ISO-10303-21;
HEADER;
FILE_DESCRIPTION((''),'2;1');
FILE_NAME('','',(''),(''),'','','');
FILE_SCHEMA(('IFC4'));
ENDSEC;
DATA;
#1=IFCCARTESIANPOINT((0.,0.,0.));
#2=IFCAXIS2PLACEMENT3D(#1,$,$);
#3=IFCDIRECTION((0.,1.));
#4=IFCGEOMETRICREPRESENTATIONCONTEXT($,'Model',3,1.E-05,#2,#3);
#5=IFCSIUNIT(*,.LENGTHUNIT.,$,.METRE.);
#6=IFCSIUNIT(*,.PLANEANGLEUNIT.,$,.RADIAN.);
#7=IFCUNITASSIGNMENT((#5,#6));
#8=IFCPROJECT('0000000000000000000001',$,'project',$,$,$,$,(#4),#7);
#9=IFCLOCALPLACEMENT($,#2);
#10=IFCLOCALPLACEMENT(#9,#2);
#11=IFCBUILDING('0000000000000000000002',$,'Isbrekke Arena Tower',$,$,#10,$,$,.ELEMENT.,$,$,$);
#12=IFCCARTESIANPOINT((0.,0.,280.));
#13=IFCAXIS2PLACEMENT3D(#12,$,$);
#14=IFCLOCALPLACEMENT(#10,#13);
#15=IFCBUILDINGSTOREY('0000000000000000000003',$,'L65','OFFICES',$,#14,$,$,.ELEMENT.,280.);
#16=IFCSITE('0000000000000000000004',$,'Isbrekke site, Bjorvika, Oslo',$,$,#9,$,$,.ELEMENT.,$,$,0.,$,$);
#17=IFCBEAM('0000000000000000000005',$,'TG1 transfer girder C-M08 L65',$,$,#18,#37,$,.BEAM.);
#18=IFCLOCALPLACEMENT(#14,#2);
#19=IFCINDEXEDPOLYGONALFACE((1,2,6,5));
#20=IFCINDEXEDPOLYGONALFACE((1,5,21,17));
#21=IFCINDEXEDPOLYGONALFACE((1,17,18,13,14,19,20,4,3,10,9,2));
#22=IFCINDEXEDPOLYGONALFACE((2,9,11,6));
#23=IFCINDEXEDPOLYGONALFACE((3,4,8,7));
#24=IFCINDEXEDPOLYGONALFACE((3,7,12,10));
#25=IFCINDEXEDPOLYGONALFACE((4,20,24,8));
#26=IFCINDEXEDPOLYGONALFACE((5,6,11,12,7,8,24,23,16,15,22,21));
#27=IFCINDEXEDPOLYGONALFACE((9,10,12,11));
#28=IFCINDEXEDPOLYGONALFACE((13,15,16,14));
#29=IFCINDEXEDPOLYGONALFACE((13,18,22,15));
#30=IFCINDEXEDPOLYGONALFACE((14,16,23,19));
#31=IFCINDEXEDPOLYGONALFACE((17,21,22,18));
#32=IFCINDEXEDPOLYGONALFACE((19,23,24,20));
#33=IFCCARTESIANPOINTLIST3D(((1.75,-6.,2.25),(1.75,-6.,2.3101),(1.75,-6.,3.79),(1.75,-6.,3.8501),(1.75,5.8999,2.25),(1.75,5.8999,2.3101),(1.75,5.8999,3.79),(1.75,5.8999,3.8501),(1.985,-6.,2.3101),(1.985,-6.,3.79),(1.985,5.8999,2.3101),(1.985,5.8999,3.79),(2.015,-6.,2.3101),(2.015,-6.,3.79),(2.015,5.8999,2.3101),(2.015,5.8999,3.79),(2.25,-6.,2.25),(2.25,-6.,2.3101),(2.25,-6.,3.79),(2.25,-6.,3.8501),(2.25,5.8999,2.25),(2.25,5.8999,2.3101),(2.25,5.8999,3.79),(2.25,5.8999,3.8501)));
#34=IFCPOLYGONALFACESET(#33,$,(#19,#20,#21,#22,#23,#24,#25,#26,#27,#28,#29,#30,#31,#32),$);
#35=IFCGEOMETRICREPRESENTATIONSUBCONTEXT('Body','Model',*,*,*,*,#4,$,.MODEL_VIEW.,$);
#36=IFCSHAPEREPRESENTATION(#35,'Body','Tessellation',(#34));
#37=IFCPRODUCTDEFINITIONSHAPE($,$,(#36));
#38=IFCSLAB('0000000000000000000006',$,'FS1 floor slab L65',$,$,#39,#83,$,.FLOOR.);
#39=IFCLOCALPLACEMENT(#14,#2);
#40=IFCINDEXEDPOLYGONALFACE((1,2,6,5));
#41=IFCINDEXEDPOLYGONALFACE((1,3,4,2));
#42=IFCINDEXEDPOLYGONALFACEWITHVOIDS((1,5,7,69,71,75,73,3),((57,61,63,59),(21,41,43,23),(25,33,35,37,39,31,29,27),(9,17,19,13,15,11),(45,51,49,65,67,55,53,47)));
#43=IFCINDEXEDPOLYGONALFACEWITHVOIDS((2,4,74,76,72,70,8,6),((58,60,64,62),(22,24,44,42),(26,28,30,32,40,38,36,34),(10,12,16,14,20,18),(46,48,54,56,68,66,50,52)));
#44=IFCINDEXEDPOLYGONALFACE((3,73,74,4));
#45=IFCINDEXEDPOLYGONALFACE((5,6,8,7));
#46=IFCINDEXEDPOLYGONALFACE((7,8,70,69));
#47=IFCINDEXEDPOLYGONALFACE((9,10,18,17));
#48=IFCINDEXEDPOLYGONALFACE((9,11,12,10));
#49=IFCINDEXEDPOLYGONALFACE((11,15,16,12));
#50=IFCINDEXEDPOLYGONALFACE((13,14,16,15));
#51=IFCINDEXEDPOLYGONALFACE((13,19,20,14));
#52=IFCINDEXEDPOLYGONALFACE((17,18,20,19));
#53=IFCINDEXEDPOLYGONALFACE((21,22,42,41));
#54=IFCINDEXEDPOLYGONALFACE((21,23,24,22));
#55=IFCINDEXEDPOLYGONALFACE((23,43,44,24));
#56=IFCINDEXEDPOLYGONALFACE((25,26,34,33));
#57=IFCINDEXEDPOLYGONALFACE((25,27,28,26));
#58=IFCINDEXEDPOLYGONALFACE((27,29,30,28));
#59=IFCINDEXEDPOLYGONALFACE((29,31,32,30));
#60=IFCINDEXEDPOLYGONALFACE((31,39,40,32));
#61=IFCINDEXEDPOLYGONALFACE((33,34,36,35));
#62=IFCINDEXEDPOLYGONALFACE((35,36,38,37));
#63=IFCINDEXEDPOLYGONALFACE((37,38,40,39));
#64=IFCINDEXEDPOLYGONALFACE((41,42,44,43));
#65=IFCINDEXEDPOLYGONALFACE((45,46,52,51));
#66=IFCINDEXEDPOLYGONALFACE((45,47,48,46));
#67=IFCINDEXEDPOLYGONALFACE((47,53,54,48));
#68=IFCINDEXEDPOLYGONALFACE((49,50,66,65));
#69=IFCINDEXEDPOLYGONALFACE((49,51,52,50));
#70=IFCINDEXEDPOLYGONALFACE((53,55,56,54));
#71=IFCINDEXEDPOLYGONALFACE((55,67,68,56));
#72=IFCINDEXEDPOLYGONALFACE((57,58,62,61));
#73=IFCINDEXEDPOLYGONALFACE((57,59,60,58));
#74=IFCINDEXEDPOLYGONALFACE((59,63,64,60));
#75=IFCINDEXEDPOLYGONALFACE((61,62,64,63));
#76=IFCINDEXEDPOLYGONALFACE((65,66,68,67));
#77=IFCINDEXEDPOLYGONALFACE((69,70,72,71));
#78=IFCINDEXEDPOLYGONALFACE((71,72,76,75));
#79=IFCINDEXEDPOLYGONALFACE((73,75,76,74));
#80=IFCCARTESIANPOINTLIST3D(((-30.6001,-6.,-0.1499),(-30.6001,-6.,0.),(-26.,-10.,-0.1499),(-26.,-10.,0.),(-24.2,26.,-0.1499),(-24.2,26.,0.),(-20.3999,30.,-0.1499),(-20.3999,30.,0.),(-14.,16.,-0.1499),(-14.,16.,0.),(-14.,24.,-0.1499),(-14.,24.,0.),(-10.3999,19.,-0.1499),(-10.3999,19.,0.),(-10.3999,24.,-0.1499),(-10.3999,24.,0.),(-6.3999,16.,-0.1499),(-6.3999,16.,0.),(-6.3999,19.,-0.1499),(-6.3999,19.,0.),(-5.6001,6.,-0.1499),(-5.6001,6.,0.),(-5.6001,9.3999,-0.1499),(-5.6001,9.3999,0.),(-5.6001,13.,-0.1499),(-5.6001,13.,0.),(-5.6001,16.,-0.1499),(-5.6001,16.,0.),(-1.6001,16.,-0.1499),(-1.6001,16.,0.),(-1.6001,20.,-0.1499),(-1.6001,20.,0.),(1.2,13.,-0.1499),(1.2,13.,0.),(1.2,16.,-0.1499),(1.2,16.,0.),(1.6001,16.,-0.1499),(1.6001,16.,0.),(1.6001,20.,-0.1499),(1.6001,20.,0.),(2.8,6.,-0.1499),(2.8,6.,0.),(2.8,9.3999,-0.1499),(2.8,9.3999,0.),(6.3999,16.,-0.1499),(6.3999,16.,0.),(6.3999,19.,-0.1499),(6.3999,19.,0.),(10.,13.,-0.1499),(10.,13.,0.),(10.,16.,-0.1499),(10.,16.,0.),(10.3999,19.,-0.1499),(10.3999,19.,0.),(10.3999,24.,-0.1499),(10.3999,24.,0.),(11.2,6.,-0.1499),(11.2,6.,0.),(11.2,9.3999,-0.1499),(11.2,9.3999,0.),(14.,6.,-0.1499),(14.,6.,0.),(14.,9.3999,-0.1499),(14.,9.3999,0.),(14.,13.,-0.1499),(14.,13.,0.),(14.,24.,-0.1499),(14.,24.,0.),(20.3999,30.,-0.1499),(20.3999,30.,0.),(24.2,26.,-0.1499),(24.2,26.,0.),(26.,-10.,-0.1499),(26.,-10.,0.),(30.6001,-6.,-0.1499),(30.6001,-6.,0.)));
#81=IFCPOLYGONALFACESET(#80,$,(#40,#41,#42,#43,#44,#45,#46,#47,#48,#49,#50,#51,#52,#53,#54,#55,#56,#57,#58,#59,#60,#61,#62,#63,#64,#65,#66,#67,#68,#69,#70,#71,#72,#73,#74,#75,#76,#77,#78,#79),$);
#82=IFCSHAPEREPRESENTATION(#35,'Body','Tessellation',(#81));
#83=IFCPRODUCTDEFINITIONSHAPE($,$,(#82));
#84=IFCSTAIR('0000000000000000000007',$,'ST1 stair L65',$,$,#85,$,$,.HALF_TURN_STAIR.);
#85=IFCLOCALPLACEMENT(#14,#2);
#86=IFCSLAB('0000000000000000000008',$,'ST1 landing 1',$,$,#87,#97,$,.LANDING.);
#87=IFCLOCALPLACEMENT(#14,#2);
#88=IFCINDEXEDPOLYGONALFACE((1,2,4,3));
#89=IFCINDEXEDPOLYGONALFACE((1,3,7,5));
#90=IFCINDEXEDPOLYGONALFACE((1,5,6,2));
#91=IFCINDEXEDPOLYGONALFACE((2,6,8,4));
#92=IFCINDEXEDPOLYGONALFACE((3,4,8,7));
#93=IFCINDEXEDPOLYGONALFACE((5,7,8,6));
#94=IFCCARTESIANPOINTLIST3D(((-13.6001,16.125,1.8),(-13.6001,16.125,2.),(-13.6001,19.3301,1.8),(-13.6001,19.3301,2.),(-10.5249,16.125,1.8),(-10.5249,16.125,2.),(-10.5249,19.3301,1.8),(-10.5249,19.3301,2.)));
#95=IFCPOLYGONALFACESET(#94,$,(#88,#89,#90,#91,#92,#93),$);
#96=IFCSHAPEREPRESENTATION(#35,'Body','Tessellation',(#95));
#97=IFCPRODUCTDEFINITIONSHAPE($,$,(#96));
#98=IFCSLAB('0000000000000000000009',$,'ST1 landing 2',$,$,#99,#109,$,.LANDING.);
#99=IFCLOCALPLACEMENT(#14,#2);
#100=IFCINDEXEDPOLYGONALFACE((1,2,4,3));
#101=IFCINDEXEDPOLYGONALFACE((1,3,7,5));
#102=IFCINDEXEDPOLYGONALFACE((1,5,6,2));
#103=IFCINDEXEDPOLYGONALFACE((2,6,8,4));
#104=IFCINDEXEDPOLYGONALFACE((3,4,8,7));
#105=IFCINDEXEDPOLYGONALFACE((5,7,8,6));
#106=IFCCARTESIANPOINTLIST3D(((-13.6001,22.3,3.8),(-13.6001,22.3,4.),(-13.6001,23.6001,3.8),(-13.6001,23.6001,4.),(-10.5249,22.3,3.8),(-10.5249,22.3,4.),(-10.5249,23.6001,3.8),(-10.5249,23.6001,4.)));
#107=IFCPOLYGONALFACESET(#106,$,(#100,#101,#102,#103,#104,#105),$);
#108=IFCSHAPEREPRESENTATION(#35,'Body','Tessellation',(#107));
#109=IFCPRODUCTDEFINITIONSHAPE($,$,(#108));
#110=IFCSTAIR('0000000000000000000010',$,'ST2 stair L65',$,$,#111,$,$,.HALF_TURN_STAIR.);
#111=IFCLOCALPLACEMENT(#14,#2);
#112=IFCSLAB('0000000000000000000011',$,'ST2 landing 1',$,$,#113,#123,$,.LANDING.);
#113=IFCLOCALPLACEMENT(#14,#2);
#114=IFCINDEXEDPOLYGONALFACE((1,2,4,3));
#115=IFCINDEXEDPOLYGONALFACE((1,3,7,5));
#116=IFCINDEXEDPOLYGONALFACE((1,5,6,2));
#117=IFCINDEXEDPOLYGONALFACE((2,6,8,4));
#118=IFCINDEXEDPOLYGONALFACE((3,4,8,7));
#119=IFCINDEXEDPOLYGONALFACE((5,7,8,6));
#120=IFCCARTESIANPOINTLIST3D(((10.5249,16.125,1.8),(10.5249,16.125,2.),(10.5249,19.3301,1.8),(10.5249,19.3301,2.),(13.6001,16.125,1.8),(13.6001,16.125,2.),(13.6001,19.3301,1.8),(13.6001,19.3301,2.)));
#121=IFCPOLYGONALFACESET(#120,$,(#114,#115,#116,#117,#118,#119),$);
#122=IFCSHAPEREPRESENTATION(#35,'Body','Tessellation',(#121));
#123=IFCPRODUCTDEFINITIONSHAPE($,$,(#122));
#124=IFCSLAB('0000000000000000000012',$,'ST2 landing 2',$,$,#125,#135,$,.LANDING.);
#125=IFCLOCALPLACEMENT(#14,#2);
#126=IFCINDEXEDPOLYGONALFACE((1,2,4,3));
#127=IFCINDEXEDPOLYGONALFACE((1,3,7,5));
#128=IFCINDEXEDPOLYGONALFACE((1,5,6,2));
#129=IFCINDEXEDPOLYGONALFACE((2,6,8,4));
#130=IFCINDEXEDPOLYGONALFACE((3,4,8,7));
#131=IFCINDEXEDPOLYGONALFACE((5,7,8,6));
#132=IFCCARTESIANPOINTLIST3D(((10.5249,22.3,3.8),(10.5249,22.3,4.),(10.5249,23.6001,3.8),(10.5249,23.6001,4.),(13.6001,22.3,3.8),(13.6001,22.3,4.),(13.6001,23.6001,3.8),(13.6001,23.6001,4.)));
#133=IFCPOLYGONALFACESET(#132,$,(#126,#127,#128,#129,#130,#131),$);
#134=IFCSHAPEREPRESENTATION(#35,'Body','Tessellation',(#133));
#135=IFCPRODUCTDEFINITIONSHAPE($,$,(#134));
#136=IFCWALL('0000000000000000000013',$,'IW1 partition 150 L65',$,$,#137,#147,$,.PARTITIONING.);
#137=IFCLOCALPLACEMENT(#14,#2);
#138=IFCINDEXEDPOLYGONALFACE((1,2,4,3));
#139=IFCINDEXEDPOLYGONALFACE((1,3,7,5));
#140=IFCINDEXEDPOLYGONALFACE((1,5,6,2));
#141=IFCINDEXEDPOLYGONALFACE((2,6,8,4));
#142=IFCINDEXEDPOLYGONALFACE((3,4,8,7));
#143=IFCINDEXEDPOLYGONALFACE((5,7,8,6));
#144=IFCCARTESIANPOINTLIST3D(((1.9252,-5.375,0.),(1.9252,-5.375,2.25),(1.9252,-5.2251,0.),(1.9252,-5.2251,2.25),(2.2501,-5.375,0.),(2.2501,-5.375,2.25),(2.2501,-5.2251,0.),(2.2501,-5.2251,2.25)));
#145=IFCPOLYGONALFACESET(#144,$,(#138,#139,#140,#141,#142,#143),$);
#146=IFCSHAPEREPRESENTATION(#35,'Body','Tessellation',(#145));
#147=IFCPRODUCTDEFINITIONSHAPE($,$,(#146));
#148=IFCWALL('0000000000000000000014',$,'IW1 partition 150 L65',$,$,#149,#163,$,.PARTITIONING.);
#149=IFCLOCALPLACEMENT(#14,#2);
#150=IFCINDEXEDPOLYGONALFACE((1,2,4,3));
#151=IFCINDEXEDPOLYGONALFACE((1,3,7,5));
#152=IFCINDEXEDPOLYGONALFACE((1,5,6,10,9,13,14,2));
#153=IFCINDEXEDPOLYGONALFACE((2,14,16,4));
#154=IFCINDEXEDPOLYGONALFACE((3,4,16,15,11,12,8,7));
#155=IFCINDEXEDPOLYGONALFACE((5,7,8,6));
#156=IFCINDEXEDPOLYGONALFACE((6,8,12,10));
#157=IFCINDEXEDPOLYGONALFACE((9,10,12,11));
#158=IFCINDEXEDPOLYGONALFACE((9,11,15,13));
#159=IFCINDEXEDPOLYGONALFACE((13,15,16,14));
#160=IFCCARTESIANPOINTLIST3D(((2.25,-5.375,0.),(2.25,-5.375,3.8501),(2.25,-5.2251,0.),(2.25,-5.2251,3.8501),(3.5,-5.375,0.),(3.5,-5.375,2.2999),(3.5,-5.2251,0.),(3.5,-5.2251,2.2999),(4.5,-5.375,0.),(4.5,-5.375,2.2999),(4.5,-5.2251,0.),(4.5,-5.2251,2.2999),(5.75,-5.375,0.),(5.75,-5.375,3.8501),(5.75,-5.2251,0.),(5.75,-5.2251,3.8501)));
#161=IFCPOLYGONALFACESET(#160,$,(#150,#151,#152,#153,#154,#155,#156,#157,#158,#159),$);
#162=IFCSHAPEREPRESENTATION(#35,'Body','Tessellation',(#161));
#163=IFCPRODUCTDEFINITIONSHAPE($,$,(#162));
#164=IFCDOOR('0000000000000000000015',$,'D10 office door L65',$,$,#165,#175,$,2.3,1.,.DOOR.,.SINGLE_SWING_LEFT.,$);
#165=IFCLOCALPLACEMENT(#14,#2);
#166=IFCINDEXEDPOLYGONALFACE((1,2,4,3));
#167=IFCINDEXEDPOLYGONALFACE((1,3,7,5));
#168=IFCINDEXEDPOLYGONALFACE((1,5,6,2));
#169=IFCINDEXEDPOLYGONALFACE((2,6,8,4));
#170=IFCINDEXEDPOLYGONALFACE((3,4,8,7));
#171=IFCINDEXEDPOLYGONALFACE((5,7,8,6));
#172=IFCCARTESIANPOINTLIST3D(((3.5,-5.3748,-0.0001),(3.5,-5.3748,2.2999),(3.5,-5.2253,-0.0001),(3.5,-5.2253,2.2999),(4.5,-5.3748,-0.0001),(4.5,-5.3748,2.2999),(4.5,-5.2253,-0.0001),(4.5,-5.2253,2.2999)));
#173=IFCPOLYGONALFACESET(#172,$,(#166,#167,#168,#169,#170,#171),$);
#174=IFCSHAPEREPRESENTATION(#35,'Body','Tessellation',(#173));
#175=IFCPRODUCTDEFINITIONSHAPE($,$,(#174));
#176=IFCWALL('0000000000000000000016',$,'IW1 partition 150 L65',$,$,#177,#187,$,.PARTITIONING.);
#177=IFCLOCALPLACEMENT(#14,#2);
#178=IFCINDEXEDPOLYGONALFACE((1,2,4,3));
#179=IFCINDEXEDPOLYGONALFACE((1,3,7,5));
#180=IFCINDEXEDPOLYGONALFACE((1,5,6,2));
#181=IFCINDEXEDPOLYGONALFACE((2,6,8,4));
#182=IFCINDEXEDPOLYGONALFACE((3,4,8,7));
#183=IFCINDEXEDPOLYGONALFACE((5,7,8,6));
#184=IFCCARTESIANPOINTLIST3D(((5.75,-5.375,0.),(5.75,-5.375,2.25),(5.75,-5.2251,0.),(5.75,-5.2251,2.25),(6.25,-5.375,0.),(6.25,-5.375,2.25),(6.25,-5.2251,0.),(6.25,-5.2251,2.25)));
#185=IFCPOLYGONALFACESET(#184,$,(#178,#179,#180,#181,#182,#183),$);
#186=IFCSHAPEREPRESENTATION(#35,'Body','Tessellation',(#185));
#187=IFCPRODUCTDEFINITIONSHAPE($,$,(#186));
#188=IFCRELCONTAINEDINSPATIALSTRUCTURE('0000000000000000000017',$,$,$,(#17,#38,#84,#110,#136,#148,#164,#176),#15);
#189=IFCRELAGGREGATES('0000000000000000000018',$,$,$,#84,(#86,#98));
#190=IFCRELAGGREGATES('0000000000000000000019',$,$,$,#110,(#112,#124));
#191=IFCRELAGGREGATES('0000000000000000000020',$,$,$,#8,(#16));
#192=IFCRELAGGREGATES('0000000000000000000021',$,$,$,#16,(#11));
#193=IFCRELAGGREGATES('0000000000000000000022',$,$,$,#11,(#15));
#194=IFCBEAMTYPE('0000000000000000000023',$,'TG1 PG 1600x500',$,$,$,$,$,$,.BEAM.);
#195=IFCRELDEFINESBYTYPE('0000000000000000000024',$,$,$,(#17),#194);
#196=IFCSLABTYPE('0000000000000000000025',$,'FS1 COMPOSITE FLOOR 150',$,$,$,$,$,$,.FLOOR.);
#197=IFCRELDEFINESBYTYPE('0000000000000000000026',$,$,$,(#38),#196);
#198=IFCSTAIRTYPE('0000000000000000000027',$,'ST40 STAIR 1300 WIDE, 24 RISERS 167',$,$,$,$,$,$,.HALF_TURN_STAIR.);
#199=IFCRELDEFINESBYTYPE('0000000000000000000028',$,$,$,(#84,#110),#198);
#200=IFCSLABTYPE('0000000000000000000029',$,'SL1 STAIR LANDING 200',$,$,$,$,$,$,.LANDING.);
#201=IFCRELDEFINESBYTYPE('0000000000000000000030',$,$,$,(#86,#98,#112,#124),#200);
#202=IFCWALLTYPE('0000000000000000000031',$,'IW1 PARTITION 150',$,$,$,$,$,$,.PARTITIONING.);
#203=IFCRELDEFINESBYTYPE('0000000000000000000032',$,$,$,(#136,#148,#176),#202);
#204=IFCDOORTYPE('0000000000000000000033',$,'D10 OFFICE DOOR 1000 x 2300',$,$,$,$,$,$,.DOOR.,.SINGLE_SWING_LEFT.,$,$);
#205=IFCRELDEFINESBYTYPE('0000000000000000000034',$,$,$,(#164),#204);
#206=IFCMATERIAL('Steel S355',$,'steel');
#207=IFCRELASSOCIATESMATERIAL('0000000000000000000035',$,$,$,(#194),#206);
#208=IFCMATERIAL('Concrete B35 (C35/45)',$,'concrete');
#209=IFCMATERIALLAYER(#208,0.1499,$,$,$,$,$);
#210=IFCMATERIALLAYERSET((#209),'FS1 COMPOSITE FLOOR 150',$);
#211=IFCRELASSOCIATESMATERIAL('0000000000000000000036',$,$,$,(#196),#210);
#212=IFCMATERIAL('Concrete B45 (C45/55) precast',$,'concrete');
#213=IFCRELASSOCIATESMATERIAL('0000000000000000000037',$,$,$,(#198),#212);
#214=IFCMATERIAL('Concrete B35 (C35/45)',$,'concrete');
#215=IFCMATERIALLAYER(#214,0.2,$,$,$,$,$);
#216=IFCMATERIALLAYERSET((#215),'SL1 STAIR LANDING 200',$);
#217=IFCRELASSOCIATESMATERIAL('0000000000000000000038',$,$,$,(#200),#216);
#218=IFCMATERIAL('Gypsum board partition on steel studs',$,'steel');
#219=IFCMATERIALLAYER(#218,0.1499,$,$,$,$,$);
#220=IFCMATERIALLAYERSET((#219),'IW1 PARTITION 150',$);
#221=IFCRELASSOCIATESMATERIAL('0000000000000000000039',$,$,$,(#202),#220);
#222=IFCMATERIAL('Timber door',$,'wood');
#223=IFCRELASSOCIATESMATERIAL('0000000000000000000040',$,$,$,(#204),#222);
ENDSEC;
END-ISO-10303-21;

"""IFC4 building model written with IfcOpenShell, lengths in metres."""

from ifc_helpers import new_model, si_unit, direction, frame, frame_2d, origin, origin_2d, place, context, subcontext, project, spatial, polyline, rectangle, i_section, outline, extrude, material, layer, layer_set, material_profile, profile_set, type_object, element, fill, aggregate, save


model = new_model("IFC4")

# Units and contexts
model_context = context("Model", 3, precision=1e-05, world=origin(), true_north=direction((0.0, 1.0)))
body_context = subcontext(model_context, "Body", "Model", "MODEL_VIEW")
ifc_project = project(units=[si_unit("LENGTHUNIT", "METRE"), si_unit("PLANEANGLEUNIT", "RADIAN")], contexts=[model_context])

# Site, building, storey
site_placement = place(None, origin())
site = spatial("IfcSite", under=ifc_project, at=site_placement, Name="Isbrekke site, Bjorvika, Oslo", CompositionType="ELEMENT", RefElevation=0.0)
building_placement = place(site_placement, origin())
building = spatial("IfcBuilding", under=site, at=building_placement, Name="Isbrekke Arena Tower", CompositionType="ELEMENT")
storey_placement = place(building_placement, frame((0.0, 0.0, 280.0)))
storey = spatial("IfcBuildingStorey", under=building, at=storey_placement, Name="L65", Description="OFFICES", CompositionType="ELEMENT", Elevation=280.0)

# Beam
ifc_material_1 = material(Name="Steel S355", Category="steel")
ifc_material_profile_1 = material_profile(ifc_material_1, i_section(OverallWidth=0.5, OverallDepth=1.6001, WebThickness=0.03, FlangeThickness=0.0601, at=origin_2d()), Name="PG 1600x500")
ifc_profile_set_1 = profile_set([ifc_material_profile_1], Name="Steel S355")
beam_type_1 = type_object("IfcBeamType", Name="TG1 PG 1600x500", PredefinedType="BEAM", material=ifc_profile_set_1)
beam_1_placement = place(storey_placement, frame((2.0, -6.0, 3.05), z_axis=(0.0, 1.0, 0.0), x_axis=(-1.0, 0.0, 0.0)))
element("IfcBeam", 1, at=beam_1_placement, inside=storey, type_object=beam_type_1, Name="TG1 transfer girder C-M08 L65", PredefinedType="BEAM", context=body_context, shape_type="SweptSolid", body=[
    extrude(i_section(OverallWidth=0.5, OverallDepth=1.6001, WebThickness=0.03, FlangeThickness=0.0601, at=origin_2d()), origin(), (0.0, 0.0, 1.0), 11.8999),
])

# Slab
ifc_material_2 = material(Name="Concrete B35 (C35/45)", Category="concrete")
ifc_layer_1 = layer(ifc_material_2, 0.1499)
ifc_layer_set_1 = layer_set([ifc_layer_1], Name="FS1 COMPOSITE FLOOR 150")
slab_type_1 = type_object("IfcSlabType", Name="FS1 COMPOSITE FLOOR 150", PredefinedType="FLOOR", material=ifc_layer_set_1)
slab_1_placement = place(storey_placement, frame((0.0, 0.0, -0.1499)))
element("IfcSlab", 2, at=slab_1_placement, inside=storey, type_object=slab_type_1, Name="FS1 floor slab L65", PredefinedType="FLOOR", context=body_context, shape_type="SweptSolid", body=[
    extrude(outline(polyline([(-26.0, -10.0), (26.0, -10.0), (30.6001, -6.0), (24.2, 26.0), (20.3999, 30.0), (-20.3999, 30.0), (-24.2, 26.0), (-30.6001, -6.0), (-26.0, -10.0)]), holes=[polyline([(2.8, 9.3999), (2.8, 6.0), (-5.6001, 6.0), (-5.6001, 9.3999), (2.8, 9.3999)]), polyline([(11.2, 6.0), (11.2, 9.3999), (14.0, 9.3999), (14.0, 6.0), (11.2, 6.0)]), polyline([(-5.6001, 13.0), (-5.6001, 16.0), (-1.6001, 16.0), (-1.6001, 20.0), (1.6001, 20.0), (1.6001, 16.0), (1.2, 16.0), (1.2, 13.0), (-5.6001, 13.0)]), polyline([(14.0, 13.0), (10.0, 13.0), (10.0, 16.0), (6.3999, 16.0), (6.3999, 19.0), (10.3999, 19.0), (10.3999, 24.0), (14.0, 24.0), (14.0, 13.0)]), polyline([(-6.3999, 19.0), (-6.3999, 16.0), (-14.0, 16.0), (-14.0, 24.0), (-10.3999, 24.0), (-10.3999, 19.0), (-6.3999, 19.0)])]), origin(), (0.0, 0.0, 1.0), 0.1499),
])

# Stairs, slabs
ifc_material_3 = material(Name="Concrete B45 (C45/55) precast", Category="concrete")
stair_type = type_object("IfcStairType", Name="ST40 STAIR 1300 WIDE, 24 RISERS 167", PredefinedType="HALF_TURN_STAIR", material=ifc_material_3)
stair_1_placement = place(storey_placement, origin())
stair_1 = element("IfcStair", 3, at=stair_1_placement, inside=storey, type_object=stair_type, Name="ST1 stair L65", PredefinedType="HALF_TURN_STAIR")
ifc_material_4 = material(Name="Concrete B35 (C35/45)", Category="concrete")
ifc_layer_2 = layer(ifc_material_4, 0.2)
ifc_layer_set_2 = layer_set([ifc_layer_2], Name="SL1 STAIR LANDING 200")
slab_type_2 = type_object("IfcSlabType", Name="SL1 STAIR LANDING 200", PredefinedType="LANDING", material=ifc_layer_set_2)
slab_2_placement = place(storey_placement, frame((0.0, 0.0, 1.8)))
slab_2 = element("IfcSlab", 4, at=slab_2_placement, type_object=slab_type_2, Name="ST1 landing 1", PredefinedType="LANDING", context=body_context, shape_type="SweptSolid", body=[
    extrude(outline(polyline([(-13.6001, 16.125), (-10.5249, 16.125), (-10.5249, 19.3301), (-13.6001, 19.3301), (-13.6001, 16.125)])), origin(), (0.0, 0.0, 1.0), 0.2),
])
slab_3_placement = place(storey_placement, frame((0.0, 0.0, 3.8)))
slab_3 = element("IfcSlab", 5, at=slab_3_placement, type_object=slab_type_2, Name="ST1 landing 2", PredefinedType="LANDING", context=body_context, shape_type="SweptSolid", body=[
    extrude(outline(polyline([(-13.6001, 22.3), (-10.5249, 22.3), (-10.5249, 23.6001), (-13.6001, 23.6001), (-13.6001, 22.3)])), origin(), (0.0, 0.0, 1.0), 0.2),
])
aggregate(stair_1, [slab_2, slab_3])
stair_2_placement = place(storey_placement, origin())
stair_2 = element("IfcStair", 6, at=stair_2_placement, inside=storey, type_object=stair_type, Name="ST2 stair L65", PredefinedType="HALF_TURN_STAIR")
slab_4_placement = place(storey_placement, frame((0.0, 0.0, 1.8)))
slab_4 = element("IfcSlab", 7, at=slab_4_placement, type_object=slab_type_2, Name="ST2 landing 1", PredefinedType="LANDING", context=body_context, shape_type="SweptSolid", body=[
    extrude(outline(polyline([(10.5249, 16.125), (13.6001, 16.125), (13.6001, 19.3301), (10.5249, 19.3301), (10.5249, 16.125)])), origin(), (0.0, 0.0, 1.0), 0.2),
])
slab_5_placement = place(storey_placement, frame((0.0, 0.0, 3.8)))
slab_5 = element("IfcSlab", 8, at=slab_5_placement, type_object=slab_type_2, Name="ST2 landing 2", PredefinedType="LANDING", context=body_context, shape_type="SweptSolid", body=[
    extrude(outline(polyline([(10.5249, 22.3), (13.6001, 22.3), (13.6001, 23.6001), (10.5249, 23.6001), (10.5249, 22.3)])), origin(), (0.0, 0.0, 1.0), 0.2),
])
aggregate(stair_2, [slab_4, slab_5])

# Wall
ifc_material_5 = material(Name="Gypsum board partition on steel studs", Category="steel")
ifc_layer_3 = layer(ifc_material_5, 0.1499)
ifc_layer_set_3 = layer_set([ifc_layer_3], Name="IW1 PARTITION 150")
wall_type_1 = type_object("IfcWallType", Name="IW1 PARTITION 150", PredefinedType="PARTITIONING", material=ifc_layer_set_3)
wall_1_placement = place(storey_placement, frame((1.925, -5.3, 0.0), z_axis=(0.0, 0.0, 1.0), x_axis=(1.0, 0.0, 0.0)))
element("IfcWall", 9, at=wall_1_placement, inside=storey, type_object=wall_type_1, Name="IW1 partition 150 L65", PredefinedType="PARTITIONING", context=body_context, shape_type="SweptSolid", body=[
    extrude(rectangle(XDim=0.325, YDim=0.1499, at=frame_2d((0.1626, 0.0))), origin(), (0.0, 0.0, 1.0), 2.25),
])

# Wall, opening, door
wall_2_placement = place(storey_placement, frame((2.25, -5.3, 0.0), z_axis=(0.0, 0.0, 1.0), x_axis=(1.0, 0.0, 0.0)))
wall_2 = element("IfcWall", 10, at=wall_2_placement, inside=storey, type_object=wall_type_1, Name="IW1 partition 150 L65", PredefinedType="PARTITIONING", context=body_context, shape_type="SweptSolid", body=[
    extrude(rectangle(XDim=3.5, YDim=0.1499, at=frame_2d((1.75, 0.0))), origin(), (0.0, 0.0, 1.0), 3.8501),
])
opening_placement = place(wall_2_placement, frame((1.25, 0.0, 0.0)))
opening = element("IfcOpeningElement", 11, at=opening_placement, cuts=wall_2, PredefinedType="OPENING", context=body_context, shape_type="SweptSolid", body=[
    extrude(rectangle(XDim=1.0, YDim=2.3, at=frame_2d((0.5, 1.1499))), frame((0.0, 0.0898, 0.0), z_axis=(0.0, -1.0, 0.0), x_axis=(1.0, 0.0, 0.0)), (0.0, 0.0, 1.0), 0.1797),
])
ifc_material_6 = material(Name="Timber door", Category="wood")
door_type = type_object("IfcDoorType", Name="D10 OFFICE DOOR 1000 x 2300", OperationType="SINGLE_SWING_LEFT", PredefinedType="DOOR", material=ifc_material_6)
door_placement = place(opening_placement, origin())
door = element("IfcDoor", 12, at=door_placement, inside=storey, type_object=door_type, Name="D10 office door L65", OperationType="SINGLE_SWING_LEFT", OverallHeight=2.3, OverallWidth=1.0, PredefinedType="DOOR", context=body_context, shape_type="SweptSolid", body=[
    extrude(rectangle(XDim=1.0, YDim=2.3, at=frame_2d((0.5, 1.1499))), frame((0.0, 0.0747, 0.0), z_axis=(0.0, -1.0, 0.0), x_axis=(1.0, 0.0, 0.0)), (0.0, 0.0, 1.0), 0.1494),
])
fill(opening, door)

# Wall
wall_3_placement = place(storey_placement, frame((5.75, -5.3, 0.0), z_axis=(0.0, 0.0, 1.0), x_axis=(1.0, 0.0, 0.0)))
element("IfcWall", 13, at=wall_3_placement, inside=storey, type_object=wall_type_1, Name="IW1 partition 150 L65", PredefinedType="PARTITIONING", context=body_context, shape_type="SweptSolid", body=[
    extrude(rectangle(XDim=0.5, YDim=0.1499, at=frame_2d((0.25, 0.0))), origin(), (0.0, 0.0, 1.0), 2.25),
])

save(model, "model.ifc")
